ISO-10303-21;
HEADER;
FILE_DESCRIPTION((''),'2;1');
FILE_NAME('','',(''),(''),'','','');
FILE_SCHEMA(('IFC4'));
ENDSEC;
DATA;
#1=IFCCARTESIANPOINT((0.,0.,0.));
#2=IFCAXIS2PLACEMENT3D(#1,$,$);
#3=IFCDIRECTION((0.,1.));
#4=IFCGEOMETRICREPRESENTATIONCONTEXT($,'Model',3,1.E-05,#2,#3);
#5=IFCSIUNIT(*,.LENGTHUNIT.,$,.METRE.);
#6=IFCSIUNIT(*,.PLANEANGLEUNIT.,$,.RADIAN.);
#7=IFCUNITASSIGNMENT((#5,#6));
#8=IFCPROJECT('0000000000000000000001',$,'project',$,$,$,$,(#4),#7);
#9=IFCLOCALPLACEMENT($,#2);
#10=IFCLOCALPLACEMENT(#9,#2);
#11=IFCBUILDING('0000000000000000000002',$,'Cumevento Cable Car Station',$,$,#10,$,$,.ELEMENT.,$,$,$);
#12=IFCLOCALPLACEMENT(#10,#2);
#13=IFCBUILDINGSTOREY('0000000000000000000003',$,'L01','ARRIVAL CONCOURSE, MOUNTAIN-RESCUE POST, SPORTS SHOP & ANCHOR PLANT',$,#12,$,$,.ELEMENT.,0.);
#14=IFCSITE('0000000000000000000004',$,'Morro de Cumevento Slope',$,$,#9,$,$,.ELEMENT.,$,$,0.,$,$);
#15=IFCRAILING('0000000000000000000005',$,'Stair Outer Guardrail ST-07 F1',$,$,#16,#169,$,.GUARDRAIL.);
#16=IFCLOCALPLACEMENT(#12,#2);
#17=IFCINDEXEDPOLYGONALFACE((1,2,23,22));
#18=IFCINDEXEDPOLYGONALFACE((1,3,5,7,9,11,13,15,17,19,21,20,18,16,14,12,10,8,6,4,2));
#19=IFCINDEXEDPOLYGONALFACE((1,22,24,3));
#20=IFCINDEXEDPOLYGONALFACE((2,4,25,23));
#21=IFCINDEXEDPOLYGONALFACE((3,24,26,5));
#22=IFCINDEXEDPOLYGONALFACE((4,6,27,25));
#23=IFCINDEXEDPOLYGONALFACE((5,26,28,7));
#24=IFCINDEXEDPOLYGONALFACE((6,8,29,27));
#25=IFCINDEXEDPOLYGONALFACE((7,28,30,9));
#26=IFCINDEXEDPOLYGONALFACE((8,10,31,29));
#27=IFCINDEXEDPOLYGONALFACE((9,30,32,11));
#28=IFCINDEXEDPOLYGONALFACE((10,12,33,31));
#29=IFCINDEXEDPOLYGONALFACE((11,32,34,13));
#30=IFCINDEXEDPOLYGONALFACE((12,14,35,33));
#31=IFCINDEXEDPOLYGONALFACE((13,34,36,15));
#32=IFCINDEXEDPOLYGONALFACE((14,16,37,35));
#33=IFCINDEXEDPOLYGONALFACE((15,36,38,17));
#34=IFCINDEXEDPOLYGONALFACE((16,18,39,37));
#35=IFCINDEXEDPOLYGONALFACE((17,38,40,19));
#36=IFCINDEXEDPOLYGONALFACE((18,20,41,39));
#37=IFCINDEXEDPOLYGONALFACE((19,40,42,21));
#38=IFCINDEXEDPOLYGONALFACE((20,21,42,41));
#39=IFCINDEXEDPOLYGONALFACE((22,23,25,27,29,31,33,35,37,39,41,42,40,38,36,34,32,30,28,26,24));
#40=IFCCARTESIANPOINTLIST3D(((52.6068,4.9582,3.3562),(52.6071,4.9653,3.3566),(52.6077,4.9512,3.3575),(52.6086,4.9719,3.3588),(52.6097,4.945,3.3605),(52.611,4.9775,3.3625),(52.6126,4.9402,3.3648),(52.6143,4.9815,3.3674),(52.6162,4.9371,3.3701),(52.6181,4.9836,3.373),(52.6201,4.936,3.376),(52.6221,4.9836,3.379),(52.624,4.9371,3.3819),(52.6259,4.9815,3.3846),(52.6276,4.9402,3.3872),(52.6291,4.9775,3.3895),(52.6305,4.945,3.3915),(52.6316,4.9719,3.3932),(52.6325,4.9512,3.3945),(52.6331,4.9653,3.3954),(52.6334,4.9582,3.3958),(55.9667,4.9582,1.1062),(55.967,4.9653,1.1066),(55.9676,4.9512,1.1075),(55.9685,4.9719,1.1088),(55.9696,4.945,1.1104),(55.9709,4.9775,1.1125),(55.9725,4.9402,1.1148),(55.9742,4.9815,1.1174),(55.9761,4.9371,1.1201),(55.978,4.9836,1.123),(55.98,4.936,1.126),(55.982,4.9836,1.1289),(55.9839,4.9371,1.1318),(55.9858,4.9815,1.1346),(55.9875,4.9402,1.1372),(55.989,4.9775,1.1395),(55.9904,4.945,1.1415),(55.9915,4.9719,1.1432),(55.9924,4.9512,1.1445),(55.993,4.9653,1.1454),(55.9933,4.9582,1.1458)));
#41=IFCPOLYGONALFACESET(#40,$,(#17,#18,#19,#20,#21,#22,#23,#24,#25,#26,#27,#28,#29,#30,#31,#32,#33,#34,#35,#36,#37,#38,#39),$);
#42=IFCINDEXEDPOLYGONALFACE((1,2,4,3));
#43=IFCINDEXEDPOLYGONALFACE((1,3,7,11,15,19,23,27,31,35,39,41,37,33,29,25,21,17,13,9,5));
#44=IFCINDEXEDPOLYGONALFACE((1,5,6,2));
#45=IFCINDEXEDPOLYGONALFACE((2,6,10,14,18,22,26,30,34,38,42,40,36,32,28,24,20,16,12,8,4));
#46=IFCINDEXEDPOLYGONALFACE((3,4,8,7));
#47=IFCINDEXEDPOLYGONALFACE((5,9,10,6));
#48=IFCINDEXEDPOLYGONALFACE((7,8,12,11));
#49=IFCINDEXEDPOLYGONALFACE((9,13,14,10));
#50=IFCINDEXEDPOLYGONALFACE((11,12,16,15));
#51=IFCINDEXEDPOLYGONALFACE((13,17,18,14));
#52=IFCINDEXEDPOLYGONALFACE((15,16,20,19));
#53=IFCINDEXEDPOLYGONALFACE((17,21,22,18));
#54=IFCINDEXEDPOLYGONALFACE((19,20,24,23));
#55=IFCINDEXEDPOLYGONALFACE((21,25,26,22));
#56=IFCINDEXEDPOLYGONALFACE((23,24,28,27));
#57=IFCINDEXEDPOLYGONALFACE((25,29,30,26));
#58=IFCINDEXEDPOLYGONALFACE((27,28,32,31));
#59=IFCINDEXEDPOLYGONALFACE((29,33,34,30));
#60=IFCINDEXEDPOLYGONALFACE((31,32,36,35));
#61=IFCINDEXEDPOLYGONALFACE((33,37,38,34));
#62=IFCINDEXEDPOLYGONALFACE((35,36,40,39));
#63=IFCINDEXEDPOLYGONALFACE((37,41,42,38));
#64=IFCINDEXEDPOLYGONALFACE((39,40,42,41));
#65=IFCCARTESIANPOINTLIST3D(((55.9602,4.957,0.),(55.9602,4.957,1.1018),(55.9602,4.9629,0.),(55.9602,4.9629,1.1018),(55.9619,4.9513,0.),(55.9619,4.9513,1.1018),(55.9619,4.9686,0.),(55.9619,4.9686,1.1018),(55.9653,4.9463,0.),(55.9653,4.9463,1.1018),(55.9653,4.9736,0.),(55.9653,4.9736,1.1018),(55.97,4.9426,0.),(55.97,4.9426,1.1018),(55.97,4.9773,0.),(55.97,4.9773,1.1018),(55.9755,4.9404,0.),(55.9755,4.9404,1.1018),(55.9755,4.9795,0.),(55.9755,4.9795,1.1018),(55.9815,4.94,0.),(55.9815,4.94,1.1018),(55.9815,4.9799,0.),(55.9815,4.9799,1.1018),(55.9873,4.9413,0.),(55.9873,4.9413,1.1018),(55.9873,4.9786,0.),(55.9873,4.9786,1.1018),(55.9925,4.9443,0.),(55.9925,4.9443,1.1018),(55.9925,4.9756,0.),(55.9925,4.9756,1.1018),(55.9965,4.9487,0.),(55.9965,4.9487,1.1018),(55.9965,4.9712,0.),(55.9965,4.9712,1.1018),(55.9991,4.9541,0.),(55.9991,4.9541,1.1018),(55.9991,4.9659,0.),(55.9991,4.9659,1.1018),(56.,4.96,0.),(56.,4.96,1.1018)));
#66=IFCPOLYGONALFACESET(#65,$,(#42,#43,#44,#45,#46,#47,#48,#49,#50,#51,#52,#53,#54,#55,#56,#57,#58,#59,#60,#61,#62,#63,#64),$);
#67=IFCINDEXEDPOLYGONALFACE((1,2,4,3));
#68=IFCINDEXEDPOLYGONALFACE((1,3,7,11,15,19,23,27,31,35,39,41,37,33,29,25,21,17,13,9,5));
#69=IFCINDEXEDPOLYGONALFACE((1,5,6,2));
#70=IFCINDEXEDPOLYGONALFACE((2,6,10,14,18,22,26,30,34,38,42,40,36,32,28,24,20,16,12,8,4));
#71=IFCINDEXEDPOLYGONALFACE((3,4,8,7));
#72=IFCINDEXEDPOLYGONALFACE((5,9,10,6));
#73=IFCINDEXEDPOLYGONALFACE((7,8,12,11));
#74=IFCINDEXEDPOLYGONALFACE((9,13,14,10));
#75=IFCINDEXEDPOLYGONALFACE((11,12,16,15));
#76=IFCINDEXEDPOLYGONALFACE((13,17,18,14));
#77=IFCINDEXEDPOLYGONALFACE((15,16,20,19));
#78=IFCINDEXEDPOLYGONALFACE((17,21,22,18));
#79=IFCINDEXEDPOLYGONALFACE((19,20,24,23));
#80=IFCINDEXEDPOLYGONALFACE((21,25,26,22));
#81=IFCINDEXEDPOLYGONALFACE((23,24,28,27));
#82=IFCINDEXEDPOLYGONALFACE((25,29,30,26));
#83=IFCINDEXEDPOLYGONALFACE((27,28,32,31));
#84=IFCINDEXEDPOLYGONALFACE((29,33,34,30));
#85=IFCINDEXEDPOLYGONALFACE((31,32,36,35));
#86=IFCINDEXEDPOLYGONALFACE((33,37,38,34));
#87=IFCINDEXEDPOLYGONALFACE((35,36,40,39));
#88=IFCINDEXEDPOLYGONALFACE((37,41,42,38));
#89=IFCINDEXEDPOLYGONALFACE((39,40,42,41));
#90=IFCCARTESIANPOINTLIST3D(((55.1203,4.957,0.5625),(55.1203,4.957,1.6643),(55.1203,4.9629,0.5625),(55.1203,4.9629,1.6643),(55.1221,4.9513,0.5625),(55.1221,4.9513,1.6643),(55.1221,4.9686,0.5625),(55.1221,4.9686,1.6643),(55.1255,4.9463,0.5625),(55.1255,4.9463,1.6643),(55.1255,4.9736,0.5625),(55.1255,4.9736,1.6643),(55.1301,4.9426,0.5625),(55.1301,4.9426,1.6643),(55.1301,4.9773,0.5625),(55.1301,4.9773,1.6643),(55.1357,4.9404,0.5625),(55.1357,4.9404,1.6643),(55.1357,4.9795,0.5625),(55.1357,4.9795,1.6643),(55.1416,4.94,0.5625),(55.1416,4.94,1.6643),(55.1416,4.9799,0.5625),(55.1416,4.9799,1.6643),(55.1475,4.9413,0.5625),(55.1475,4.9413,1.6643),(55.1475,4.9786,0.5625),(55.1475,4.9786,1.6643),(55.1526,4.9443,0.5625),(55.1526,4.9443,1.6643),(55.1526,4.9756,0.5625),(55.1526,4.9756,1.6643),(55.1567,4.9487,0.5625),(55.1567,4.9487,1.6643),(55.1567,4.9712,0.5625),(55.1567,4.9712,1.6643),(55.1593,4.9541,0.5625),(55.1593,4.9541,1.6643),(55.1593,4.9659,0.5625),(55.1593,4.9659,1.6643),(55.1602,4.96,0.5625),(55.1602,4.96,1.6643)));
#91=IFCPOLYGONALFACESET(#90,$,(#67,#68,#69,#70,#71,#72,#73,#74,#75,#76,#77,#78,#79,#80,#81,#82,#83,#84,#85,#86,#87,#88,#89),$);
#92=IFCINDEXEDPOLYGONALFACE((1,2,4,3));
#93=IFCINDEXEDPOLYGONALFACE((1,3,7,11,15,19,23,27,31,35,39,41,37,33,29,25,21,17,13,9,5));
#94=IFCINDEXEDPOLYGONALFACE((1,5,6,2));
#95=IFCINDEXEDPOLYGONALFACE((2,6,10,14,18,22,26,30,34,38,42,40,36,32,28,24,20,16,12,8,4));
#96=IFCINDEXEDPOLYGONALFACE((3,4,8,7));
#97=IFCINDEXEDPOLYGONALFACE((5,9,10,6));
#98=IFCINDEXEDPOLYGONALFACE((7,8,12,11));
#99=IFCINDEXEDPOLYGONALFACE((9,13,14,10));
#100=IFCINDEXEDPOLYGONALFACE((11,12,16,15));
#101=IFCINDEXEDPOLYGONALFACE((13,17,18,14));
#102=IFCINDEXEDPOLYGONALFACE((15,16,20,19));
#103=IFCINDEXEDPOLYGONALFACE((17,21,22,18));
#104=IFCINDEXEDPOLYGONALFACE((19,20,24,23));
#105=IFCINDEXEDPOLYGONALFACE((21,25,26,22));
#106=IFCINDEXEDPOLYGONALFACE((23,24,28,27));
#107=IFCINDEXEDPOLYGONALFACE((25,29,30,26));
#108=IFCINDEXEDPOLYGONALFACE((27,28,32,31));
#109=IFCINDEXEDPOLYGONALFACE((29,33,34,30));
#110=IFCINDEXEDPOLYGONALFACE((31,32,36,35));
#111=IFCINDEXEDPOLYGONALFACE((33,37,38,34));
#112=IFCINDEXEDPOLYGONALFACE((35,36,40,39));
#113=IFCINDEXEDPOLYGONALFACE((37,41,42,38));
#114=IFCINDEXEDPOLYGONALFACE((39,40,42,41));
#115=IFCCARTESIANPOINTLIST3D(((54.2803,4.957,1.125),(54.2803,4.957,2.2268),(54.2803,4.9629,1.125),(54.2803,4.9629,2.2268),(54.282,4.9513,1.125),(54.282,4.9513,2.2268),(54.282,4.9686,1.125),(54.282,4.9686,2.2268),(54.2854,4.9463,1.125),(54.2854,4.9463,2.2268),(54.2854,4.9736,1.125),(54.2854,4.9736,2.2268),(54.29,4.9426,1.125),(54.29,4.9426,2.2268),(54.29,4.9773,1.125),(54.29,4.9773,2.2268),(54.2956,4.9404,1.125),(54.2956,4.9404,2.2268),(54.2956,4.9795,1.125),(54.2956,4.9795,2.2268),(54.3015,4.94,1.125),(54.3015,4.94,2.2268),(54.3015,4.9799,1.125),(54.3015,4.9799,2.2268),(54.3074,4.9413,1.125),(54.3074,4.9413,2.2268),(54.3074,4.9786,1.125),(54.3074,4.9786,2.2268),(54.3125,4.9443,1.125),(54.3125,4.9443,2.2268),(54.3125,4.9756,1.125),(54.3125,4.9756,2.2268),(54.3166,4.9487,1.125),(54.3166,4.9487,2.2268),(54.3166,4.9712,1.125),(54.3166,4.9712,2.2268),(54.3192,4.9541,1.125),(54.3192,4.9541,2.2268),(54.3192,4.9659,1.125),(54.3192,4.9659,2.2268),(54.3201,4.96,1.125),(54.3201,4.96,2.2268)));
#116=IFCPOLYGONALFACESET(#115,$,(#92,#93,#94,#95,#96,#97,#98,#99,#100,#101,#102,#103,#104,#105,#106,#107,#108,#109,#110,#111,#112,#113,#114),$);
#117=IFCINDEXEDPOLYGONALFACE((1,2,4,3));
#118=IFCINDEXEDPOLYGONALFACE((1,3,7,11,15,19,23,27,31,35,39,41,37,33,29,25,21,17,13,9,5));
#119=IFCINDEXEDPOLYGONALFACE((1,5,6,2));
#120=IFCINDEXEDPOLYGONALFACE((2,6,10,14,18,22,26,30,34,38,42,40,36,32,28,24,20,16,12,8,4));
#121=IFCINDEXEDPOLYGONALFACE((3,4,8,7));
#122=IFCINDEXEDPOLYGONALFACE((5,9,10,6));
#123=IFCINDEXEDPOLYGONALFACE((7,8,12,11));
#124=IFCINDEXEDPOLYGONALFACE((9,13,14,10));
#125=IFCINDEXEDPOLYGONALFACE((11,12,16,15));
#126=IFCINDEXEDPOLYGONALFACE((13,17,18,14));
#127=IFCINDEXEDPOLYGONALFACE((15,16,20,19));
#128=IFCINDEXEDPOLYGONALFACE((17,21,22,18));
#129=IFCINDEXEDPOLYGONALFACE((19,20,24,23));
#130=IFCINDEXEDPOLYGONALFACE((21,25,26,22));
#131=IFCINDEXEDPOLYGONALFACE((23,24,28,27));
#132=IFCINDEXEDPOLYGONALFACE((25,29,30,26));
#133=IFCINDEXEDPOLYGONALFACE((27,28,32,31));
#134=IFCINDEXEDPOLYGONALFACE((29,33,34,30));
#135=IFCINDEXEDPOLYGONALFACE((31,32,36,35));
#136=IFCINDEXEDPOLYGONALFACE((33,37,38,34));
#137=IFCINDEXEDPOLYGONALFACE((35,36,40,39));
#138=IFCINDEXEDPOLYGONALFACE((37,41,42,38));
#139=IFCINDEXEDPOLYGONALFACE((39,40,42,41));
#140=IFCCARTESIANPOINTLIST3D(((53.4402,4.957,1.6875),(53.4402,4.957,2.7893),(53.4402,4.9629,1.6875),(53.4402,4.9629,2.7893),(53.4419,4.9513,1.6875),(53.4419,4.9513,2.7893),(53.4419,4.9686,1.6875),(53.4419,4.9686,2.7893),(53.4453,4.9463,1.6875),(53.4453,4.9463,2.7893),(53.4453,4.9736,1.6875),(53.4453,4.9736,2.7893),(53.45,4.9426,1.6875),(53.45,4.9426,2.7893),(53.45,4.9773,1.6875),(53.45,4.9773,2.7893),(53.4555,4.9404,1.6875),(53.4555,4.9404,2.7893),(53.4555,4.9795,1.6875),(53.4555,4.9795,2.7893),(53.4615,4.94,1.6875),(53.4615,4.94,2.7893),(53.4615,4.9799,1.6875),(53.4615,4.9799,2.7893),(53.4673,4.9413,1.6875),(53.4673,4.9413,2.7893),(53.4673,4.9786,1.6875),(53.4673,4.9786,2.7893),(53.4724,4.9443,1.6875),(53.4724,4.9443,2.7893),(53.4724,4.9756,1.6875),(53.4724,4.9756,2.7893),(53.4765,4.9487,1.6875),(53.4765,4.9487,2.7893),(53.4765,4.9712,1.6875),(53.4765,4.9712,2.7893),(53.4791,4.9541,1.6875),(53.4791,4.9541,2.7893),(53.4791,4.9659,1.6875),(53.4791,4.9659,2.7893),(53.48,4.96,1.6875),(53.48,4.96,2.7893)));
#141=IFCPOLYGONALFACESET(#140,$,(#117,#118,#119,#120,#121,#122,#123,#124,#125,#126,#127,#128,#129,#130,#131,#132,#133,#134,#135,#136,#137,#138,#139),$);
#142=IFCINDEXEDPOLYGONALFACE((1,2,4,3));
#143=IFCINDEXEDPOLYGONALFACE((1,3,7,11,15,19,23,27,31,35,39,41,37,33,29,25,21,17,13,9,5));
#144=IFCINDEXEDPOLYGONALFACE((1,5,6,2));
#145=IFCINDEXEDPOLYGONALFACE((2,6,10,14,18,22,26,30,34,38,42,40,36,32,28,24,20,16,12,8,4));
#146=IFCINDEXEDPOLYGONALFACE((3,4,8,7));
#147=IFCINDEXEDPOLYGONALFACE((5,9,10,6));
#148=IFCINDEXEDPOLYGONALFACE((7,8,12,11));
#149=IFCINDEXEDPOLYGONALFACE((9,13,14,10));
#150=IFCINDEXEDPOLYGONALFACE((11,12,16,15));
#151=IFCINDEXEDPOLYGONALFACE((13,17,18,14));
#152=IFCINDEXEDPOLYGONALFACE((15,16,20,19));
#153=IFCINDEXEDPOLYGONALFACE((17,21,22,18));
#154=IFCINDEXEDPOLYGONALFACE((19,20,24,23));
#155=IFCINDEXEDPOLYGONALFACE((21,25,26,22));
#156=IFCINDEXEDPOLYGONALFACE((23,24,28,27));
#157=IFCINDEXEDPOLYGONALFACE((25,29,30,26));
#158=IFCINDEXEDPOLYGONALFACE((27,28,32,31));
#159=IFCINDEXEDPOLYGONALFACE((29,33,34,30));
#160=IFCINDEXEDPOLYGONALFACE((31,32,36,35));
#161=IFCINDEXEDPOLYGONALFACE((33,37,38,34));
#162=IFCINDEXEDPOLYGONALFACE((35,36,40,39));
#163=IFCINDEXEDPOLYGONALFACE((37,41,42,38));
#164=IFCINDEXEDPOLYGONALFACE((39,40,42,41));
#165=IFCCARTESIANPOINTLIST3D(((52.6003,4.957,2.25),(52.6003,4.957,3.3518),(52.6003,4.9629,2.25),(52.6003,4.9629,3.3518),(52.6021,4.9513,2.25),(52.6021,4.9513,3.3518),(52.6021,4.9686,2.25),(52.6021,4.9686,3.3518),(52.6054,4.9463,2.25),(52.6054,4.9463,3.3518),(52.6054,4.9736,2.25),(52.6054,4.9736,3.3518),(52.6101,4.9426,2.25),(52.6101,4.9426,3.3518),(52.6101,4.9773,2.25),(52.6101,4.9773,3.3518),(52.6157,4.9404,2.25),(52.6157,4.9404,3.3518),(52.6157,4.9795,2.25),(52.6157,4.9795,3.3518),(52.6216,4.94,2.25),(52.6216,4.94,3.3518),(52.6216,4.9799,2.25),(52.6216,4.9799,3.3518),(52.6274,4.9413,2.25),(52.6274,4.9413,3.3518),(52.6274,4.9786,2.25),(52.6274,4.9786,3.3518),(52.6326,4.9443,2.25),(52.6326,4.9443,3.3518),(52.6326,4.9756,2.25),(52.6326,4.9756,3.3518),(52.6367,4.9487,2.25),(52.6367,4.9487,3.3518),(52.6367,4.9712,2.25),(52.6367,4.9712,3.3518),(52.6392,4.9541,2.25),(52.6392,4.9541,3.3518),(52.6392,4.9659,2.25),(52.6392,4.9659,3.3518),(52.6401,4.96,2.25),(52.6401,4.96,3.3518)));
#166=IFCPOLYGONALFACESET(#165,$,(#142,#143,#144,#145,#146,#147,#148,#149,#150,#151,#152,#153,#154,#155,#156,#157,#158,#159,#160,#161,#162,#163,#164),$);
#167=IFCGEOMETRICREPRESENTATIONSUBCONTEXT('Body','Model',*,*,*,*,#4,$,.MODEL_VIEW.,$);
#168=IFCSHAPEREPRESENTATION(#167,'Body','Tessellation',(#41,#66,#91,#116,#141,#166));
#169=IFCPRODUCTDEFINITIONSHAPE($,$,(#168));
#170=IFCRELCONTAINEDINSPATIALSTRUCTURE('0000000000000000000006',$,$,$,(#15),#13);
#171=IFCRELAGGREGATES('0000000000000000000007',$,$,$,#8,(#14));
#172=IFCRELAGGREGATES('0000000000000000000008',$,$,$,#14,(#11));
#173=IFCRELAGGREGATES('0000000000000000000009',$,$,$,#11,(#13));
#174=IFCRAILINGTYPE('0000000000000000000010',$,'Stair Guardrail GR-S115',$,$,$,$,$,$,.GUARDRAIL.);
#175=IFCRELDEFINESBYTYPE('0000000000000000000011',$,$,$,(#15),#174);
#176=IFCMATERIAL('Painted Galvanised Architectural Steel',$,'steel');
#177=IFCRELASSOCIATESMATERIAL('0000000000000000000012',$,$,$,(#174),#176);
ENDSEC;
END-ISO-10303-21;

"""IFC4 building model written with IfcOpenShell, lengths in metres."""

from ifc_helpers import new_model, si_unit, direction, frame, origin, origin_2d, place, context, subcontext, project, spatial, circle, extrude, material, type_object, element, save


model = new_model("IFC4")

# Units and contexts
model_context = context("Model", 3, precision=1e-05, world=origin(), true_north=direction((0.0, 1.0)))
body_context = subcontext(model_context, "Body", "Model", "MODEL_VIEW")
ifc_project = project(units=[si_unit("LENGTHUNIT", "METRE"), si_unit("PLANEANGLEUNIT", "RADIAN")], contexts=[model_context])

# Site, building, storey
site_placement = place(None, origin())
site = spatial("IfcSite", under=ifc_project, at=site_placement, Name="Morro de Cumevento Slope", CompositionType="ELEMENT", RefElevation=0.0)
building_placement = place(site_placement, origin())
building = spatial("IfcBuilding", under=site, at=building_placement, Name="Cumevento Cable Car Station", CompositionType="ELEMENT")
storey_placement = place(building_placement, origin())
storey = spatial("IfcBuildingStorey", under=building, at=storey_placement, Name="L01", Description="ARRIVAL CONCOURSE, MOUNTAIN-RESCUE POST, SPORTS SHOP & ANCHOR PLANT", CompositionType="ELEMENT", Elevation=0.0)

# Railing
ifc_material_1 = material(Name="Painted Galvanised Architectural Steel", Category="steel")
railing_type_1 = type_object("IfcRailingType", Name="Stair Guardrail GR-S115", PredefinedType="GUARDRAIL", material=ifc_material_1)
railing_1_placement = place(storey_placement, frame((55.98, 4.96, 0.0)))
element("IfcRailing", 1, at=railing_1_placement, inside=storey, type_object=railing_type_1, Name="Stair Outer Guardrail ST-07 F1", PredefinedType="GUARDRAIL", context=body_context, shape_type="SweptSolid", body=[
    extrude(circle(Radius=0.0239, at=origin_2d()), frame((0.0, 0.0, 1.126), z_axis=(-0.830897, 0.0, 0.556427), x_axis=(0.0, -1.0, 0.0)), (0.0, 0.0, 1.0), 4.0437),
    extrude(circle(Radius=0.02, at=origin_2d()), origin(), (0.0, 0.0, 1.0), 1.1018),
    extrude(circle(Radius=0.02, at=origin_2d()), frame((-0.8398, 0.0, 0.5625)), (0.0, 0.0, 1.0), 1.1018),
    extrude(circle(Radius=0.02, at=origin_2d()), frame((-1.6799, 0.0, 1.125)), (0.0, 0.0, 1.0), 1.1018),
    extrude(circle(Radius=0.02, at=origin_2d()), frame((-2.52, 0.0, 1.6875)), (0.0, 0.0, 1.0), 1.1018),
    extrude(circle(Radius=0.02, at=origin_2d()), frame((-3.3599, 0.0, 2.25)), (0.0, 0.0, 1.0), 1.1018),
])

save(model, "model.ifc")
